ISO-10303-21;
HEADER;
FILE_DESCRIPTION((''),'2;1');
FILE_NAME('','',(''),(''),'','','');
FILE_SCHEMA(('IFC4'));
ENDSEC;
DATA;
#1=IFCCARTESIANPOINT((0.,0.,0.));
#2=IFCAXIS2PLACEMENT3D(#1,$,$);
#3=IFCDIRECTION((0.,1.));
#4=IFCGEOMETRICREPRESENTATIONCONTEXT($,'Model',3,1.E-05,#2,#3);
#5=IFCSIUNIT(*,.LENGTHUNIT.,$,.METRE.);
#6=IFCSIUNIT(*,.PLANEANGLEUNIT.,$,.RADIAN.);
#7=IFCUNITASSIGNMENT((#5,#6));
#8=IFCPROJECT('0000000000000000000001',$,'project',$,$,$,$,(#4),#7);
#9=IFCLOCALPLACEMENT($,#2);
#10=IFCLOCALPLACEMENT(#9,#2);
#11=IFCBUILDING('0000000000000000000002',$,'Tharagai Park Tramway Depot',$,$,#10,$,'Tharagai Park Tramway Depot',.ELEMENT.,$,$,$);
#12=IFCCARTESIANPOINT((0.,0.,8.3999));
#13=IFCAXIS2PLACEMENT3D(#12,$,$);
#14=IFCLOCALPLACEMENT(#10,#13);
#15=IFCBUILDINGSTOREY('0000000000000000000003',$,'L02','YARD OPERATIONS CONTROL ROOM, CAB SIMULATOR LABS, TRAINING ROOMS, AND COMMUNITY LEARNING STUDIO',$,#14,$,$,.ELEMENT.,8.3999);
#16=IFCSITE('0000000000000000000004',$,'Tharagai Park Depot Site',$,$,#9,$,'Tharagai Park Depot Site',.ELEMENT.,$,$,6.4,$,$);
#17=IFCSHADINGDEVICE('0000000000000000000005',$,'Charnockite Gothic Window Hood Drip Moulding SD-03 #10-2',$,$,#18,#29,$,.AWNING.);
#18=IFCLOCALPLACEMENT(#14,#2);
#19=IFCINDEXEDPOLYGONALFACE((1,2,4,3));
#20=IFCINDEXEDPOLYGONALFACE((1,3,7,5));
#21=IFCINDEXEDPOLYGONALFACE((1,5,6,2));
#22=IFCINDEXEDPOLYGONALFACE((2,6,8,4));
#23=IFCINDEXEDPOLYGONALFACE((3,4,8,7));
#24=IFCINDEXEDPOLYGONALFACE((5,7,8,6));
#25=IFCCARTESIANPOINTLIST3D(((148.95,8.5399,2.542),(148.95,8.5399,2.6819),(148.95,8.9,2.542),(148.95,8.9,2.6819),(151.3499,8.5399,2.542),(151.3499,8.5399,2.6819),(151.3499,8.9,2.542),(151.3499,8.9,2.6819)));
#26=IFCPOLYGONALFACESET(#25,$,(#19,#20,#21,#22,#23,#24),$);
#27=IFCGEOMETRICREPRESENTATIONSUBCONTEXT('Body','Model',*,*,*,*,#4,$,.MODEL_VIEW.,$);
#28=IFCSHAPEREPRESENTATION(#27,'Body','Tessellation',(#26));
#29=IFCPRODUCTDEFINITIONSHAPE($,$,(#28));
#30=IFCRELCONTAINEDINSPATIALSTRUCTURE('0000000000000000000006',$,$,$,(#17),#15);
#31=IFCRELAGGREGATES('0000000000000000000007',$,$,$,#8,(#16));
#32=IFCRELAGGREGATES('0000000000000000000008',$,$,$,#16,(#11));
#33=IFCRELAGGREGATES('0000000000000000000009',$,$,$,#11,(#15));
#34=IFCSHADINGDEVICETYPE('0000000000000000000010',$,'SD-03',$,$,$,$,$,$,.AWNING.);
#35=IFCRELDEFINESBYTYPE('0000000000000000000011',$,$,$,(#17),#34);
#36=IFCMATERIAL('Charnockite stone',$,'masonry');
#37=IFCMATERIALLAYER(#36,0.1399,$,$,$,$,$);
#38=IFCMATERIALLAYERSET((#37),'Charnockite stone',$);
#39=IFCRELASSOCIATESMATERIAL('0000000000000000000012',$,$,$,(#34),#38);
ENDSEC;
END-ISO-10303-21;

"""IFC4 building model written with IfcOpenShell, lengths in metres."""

from ifc_helpers import new_model, si_unit, direction, frame, origin, origin_2d, place, context, subcontext, project, spatial, rectangle, extrude, material, layer, layer_set, type_object, element, save


model = new_model("IFC4")

# Units and contexts
model_context = context("Model", 3, precision=1e-05, world=origin(), true_north=direction((0.0, 1.0)))
body_context = subcontext(model_context, "Body", "Model", "MODEL_VIEW")
ifc_project = project(units=[si_unit("LENGTHUNIT", "METRE"), si_unit("PLANEANGLEUNIT", "RADIAN")], contexts=[model_context])

# Site, building, storey
site_placement = place(None, origin())
site = spatial("IfcSite", under=ifc_project, at=site_placement, Name="Tharagai Park Depot Site", LongName="Tharagai Park Depot Site", CompositionType="ELEMENT", RefElevation=6.4)
building_placement = place(site_placement, origin())
building = spatial("IfcBuilding", under=site, at=building_placement, Name="Tharagai Park Tramway Depot", LongName="Tharagai Park Tramway Depot", CompositionType="ELEMENT")
storey_placement = place(building_placement, frame((0.0, 0.0, 8.3999)))
storey = spatial("IfcBuildingStorey", under=building, at=storey_placement, Name="L02", Description="YARD OPERATIONS CONTROL ROOM, CAB SIMULATOR LABS, TRAINING ROOMS, AND COMMUNITY LEARNING STUDIO", CompositionType="ELEMENT", Elevation=8.3999)

# Shading device
ifc_material_1 = material(Name="Charnockite stone", Category="masonry")
ifc_layer_1 = layer(ifc_material_1, 0.1399)
ifc_layer_set_1 = layer_set([ifc_layer_1], Name="Charnockite stone")
shading_device_type_1 = type_object("IfcShadingDeviceType", Name="SD-03", PredefinedType="AWNING", material=ifc_layer_set_1)
shading_device_1_placement = place(storey_placement, frame((150.1499, 8.72, 2.542), z_axis=(0.0, 0.0, 1.0), x_axis=(1.0, 0.0, 0.0)))
element("IfcShadingDevice", 1, at=shading_device_1_placement, inside=storey, type_object=shading_device_type_1, Name="Charnockite Gothic Window Hood Drip Moulding SD-03 #10-2", PredefinedType="AWNING", context=body_context, shape_type="SweptSolid", body=[
    extrude(rectangle(XDim=2.3999, YDim=0.3601, at=origin_2d()), origin(), (0.0, 0.0, 1.0), 0.1399),
])

save(model, "model.ifc")
